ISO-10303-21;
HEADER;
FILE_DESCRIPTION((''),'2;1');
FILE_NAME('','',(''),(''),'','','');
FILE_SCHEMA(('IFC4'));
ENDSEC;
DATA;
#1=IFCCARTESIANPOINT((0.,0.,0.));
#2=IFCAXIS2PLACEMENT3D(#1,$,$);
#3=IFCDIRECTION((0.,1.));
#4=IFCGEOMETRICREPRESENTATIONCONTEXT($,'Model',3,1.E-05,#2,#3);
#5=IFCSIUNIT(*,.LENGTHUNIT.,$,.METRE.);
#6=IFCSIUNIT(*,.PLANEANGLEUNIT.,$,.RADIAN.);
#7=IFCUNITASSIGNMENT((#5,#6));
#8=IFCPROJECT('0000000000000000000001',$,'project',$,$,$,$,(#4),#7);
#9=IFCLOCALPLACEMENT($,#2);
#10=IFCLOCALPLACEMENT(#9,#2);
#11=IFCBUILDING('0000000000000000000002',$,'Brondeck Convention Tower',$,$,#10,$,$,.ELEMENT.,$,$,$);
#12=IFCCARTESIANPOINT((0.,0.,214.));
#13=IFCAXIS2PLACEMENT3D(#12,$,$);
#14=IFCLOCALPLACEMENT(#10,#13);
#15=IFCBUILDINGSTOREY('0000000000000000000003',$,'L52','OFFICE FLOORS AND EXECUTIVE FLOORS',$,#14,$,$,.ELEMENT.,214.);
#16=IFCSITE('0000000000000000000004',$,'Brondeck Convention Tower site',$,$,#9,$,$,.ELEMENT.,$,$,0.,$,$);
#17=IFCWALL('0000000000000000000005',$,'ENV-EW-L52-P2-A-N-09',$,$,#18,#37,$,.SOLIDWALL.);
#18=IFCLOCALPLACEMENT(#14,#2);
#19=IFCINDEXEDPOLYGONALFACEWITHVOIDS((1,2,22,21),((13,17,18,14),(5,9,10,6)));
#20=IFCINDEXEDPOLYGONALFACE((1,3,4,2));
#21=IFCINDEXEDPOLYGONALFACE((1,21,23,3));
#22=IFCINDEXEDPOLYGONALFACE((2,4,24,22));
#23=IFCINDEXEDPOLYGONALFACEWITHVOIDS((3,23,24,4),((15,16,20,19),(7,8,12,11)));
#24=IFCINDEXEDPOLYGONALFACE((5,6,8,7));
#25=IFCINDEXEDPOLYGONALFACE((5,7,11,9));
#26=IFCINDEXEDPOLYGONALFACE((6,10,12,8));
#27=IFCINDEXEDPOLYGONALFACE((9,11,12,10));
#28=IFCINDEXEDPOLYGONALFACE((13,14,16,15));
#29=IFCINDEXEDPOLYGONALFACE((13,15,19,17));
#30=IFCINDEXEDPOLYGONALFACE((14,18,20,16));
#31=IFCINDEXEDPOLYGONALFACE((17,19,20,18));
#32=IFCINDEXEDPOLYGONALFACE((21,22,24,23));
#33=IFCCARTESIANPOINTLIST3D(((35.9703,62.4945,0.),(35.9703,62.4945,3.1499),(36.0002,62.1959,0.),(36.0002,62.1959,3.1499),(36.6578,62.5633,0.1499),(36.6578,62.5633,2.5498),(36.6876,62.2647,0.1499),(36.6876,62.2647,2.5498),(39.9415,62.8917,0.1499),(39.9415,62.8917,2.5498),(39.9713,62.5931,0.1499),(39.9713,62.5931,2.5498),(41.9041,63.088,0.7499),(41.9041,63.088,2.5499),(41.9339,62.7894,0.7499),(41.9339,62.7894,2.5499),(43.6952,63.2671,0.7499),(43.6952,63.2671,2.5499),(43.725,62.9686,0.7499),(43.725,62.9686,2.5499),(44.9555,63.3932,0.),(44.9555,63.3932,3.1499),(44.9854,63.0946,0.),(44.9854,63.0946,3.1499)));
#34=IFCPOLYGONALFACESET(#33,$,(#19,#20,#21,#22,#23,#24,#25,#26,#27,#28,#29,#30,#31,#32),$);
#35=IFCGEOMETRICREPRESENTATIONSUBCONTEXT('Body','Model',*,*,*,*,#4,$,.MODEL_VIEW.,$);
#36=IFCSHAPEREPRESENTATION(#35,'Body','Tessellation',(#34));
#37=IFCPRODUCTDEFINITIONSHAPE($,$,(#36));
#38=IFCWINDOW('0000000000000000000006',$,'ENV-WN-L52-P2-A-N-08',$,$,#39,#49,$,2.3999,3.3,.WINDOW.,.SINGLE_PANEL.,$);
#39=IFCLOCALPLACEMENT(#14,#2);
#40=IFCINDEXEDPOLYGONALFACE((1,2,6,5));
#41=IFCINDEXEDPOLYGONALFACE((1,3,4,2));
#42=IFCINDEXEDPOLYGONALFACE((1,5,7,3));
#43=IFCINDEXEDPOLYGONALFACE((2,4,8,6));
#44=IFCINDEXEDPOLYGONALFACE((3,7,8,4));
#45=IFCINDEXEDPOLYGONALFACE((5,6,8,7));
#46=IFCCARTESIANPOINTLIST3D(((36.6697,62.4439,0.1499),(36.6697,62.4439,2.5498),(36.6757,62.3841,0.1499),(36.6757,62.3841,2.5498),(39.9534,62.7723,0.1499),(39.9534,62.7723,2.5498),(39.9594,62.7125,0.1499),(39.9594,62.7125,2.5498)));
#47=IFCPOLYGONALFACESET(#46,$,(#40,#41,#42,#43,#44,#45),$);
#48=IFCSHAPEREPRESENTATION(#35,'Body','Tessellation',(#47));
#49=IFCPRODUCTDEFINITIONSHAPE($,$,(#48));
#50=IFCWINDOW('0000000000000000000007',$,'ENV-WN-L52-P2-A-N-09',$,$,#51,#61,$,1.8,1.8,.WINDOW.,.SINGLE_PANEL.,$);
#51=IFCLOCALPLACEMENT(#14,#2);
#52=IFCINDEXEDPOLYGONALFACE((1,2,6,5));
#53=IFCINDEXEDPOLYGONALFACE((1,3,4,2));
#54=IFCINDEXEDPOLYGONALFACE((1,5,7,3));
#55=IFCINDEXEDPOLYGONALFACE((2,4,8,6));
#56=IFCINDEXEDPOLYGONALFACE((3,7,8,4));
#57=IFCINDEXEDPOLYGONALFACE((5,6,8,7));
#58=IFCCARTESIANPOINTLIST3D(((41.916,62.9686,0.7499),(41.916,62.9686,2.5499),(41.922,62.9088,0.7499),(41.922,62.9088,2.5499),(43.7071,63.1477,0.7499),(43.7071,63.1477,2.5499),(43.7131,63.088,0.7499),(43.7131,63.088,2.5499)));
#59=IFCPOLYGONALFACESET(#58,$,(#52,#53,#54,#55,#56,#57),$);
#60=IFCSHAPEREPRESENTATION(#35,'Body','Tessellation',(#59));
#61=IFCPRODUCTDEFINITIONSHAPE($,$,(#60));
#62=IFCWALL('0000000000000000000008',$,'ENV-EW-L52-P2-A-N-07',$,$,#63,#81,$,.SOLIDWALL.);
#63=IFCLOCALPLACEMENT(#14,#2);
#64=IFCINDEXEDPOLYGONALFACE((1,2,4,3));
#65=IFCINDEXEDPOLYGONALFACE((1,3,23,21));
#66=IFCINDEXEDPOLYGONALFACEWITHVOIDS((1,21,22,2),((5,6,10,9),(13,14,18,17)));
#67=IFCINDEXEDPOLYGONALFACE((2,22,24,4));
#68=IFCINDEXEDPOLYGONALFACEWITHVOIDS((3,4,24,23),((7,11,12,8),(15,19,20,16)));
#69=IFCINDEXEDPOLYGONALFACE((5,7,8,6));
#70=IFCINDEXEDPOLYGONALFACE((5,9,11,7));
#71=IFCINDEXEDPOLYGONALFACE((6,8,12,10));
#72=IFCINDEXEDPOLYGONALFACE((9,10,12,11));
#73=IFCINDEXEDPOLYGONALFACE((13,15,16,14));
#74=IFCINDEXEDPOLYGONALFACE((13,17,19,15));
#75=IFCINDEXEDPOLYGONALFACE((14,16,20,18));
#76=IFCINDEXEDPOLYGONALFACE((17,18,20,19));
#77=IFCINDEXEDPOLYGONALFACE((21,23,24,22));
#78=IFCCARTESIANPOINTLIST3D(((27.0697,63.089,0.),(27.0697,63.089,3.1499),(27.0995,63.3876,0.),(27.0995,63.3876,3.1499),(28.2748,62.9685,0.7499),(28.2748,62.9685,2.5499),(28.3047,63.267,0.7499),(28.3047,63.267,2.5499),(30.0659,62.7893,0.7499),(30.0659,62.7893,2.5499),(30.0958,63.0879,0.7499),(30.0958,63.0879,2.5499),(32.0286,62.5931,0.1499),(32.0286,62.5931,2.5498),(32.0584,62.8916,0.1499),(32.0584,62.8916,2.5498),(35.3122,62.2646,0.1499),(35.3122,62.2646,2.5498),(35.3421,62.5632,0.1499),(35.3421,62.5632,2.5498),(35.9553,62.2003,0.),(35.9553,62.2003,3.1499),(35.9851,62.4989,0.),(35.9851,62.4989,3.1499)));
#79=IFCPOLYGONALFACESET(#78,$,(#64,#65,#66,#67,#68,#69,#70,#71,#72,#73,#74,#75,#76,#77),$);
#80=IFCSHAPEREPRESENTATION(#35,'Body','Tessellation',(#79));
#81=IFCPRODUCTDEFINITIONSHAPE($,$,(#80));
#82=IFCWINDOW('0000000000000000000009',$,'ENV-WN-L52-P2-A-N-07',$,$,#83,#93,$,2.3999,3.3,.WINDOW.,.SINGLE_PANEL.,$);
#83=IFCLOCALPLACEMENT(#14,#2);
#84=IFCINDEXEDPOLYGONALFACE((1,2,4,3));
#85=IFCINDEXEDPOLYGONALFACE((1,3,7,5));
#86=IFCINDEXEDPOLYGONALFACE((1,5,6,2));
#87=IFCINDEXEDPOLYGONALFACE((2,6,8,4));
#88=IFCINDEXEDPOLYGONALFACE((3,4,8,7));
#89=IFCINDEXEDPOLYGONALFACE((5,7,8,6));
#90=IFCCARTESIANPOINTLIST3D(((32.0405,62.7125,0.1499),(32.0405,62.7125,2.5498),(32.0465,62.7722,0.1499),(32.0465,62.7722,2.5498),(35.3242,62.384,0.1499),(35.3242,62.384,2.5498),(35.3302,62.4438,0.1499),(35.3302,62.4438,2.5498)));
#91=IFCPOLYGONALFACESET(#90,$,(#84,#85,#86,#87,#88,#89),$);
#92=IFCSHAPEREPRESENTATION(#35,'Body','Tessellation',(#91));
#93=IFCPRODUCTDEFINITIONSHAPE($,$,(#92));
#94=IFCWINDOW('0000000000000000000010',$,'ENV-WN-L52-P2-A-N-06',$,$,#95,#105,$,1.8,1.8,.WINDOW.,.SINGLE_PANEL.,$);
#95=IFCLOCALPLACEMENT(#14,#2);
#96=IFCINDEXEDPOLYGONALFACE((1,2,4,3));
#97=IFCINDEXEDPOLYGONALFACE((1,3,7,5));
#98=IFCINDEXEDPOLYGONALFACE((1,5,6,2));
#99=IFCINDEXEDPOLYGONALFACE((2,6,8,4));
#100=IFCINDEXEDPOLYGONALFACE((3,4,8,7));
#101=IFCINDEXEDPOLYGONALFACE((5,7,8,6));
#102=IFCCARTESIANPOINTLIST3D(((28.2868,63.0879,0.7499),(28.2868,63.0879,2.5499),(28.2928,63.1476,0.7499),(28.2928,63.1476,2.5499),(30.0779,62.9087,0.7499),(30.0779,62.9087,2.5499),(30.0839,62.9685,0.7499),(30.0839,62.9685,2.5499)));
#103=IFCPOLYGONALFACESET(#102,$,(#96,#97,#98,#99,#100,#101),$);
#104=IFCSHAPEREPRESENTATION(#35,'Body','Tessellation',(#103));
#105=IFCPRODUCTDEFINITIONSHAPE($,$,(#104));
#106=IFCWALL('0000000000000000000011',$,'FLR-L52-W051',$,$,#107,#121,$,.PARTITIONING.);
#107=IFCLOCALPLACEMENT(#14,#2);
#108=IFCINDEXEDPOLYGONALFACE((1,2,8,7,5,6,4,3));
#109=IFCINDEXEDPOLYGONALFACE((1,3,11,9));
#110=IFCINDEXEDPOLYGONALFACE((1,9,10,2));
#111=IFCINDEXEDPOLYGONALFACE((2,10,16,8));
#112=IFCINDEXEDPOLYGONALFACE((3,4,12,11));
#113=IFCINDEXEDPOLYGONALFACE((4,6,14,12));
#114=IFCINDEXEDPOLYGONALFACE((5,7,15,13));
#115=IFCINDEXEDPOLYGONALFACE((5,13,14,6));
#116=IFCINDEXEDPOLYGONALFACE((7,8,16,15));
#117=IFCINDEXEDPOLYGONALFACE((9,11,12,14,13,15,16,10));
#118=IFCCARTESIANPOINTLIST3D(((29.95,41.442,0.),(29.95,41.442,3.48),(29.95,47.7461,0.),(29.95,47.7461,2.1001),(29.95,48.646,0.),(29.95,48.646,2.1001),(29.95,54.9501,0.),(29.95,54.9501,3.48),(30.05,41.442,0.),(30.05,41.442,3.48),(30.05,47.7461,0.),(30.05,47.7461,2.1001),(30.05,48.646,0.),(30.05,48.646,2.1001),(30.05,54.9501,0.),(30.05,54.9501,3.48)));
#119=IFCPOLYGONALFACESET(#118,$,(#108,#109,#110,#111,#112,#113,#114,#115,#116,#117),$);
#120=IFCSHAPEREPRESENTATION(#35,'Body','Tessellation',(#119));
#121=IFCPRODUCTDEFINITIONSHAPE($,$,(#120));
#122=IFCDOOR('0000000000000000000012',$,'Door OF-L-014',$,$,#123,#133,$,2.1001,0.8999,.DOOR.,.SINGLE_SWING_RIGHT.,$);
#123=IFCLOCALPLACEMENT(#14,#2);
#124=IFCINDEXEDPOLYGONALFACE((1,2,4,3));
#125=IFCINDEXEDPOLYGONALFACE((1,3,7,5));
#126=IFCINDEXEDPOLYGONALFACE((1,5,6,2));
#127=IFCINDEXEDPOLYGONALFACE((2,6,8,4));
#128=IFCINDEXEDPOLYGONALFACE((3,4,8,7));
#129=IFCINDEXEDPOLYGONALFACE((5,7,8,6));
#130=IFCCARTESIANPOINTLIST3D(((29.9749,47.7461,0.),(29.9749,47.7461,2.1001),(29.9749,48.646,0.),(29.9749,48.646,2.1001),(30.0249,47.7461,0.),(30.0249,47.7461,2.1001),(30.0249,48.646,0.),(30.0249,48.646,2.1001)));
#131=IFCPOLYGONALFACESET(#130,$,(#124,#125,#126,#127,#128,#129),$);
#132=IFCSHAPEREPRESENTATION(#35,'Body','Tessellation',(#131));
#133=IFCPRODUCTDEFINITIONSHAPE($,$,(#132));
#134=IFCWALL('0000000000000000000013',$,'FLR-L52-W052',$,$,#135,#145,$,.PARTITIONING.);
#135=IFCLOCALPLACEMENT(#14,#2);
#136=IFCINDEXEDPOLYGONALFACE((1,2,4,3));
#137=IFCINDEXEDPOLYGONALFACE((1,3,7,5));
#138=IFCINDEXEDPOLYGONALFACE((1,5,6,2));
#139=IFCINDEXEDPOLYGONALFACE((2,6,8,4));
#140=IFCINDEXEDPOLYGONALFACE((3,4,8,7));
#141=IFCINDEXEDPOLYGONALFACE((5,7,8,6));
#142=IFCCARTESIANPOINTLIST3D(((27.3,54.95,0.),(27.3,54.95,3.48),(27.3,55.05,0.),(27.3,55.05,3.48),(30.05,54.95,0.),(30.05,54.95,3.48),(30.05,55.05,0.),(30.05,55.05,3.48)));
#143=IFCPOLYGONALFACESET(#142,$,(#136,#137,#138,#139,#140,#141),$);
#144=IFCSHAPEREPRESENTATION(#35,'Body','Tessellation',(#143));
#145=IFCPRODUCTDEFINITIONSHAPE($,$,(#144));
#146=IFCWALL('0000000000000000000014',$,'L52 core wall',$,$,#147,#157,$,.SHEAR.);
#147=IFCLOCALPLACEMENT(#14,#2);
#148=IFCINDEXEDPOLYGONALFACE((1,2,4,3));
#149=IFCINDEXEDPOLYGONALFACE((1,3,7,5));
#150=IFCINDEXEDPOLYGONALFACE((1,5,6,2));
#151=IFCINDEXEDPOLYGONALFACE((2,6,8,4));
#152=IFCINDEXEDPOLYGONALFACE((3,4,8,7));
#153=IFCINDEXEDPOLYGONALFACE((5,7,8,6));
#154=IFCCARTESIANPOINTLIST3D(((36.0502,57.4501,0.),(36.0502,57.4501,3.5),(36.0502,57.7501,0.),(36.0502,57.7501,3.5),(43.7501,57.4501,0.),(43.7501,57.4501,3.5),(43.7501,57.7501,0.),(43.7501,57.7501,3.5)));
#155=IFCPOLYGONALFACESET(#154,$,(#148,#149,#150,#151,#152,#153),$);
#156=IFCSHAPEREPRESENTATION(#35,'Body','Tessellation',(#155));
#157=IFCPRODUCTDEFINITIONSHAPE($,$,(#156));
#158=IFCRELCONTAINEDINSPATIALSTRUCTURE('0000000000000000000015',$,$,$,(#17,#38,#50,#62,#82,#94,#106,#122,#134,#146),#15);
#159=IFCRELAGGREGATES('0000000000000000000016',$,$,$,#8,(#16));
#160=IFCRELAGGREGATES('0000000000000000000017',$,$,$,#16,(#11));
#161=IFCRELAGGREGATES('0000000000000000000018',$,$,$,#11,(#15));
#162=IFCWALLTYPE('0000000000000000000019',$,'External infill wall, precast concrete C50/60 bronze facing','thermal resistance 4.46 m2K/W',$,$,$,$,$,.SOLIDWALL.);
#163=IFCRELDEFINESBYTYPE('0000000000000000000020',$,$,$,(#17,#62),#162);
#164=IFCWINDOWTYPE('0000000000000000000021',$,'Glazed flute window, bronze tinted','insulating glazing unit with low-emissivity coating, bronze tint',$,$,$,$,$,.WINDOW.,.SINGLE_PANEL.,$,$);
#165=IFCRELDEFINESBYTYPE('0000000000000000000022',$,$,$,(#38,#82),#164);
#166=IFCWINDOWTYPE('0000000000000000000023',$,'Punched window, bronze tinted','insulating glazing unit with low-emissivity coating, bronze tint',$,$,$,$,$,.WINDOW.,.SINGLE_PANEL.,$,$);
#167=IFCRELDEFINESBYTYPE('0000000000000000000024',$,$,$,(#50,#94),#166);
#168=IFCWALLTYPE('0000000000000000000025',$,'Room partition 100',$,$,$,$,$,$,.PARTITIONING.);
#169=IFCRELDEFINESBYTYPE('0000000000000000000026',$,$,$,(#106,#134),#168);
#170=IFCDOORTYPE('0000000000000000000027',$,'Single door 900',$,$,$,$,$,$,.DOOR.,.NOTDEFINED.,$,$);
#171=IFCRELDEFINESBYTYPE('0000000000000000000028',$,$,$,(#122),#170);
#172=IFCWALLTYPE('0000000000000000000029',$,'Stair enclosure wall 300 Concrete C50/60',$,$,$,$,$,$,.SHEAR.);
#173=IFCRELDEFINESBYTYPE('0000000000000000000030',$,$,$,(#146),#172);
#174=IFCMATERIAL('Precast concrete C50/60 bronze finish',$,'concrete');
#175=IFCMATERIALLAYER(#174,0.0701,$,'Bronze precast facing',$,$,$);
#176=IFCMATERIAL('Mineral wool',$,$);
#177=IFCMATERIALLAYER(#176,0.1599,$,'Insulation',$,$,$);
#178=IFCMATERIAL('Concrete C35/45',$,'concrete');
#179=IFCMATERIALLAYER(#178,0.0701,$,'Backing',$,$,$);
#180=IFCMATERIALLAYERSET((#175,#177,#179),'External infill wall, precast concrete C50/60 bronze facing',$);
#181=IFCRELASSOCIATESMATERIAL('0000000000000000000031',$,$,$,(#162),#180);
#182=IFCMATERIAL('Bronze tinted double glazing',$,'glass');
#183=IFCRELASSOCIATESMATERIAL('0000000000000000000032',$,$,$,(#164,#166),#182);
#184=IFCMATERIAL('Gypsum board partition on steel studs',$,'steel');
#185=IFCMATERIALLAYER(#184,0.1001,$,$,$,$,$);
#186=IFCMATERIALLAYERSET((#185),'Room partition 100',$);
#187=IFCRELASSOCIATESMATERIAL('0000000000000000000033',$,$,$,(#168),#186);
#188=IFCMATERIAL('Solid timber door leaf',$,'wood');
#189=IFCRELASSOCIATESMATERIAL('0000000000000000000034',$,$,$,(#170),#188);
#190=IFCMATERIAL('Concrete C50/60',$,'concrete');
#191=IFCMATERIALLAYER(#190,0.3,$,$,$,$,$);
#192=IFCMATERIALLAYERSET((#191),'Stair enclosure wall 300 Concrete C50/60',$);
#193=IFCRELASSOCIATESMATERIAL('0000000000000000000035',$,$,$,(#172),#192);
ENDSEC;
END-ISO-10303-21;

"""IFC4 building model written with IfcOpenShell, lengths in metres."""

from ifc_helpers import new_model, si_unit, direction, frame, frame_2d, origin, place, context, subcontext, project, spatial, rectangle, extrude, material, layer, layer_set, type_object, element, fill, save


model = new_model("IFC4")

# Units and contexts
model_context = context("Model", 3, precision=1e-05, world=origin(), true_north=direction((0.0, 1.0)))
body_context = subcontext(model_context, "Body", "Model", "MODEL_VIEW")
ifc_project = project(units=[si_unit("LENGTHUNIT", "METRE"), si_unit("PLANEANGLEUNIT", "RADIAN")], contexts=[model_context])

# Site, building, storey
site_placement = place(None, origin())
site = spatial("IfcSite", under=ifc_project, at=site_placement, Name="Brondeck Convention Tower site", CompositionType="ELEMENT", RefElevation=0.0)
building_placement = place(site_placement, origin())
building = spatial("IfcBuilding", under=site, at=building_placement, Name="Brondeck Convention Tower", CompositionType="ELEMENT")
storey_placement = place(building_placement, frame((0.0, 0.0, 214.0)))
storey = spatial("IfcBuildingStorey", under=building, at=storey_placement, Name="L52", Description="OFFICE FLOORS AND EXECUTIVE FLOORS", CompositionType="ELEMENT", Elevation=214.0)

# Shared definitions
ifc_material_1 = material(Name="Concrete C50/60", Category="concrete")

# Walls, openings, windows
ifc_material_2 = material(Name="Precast concrete C50/60 bronze finish", Category="concrete")
ifc_layer_1 = layer(ifc_material_2, 0.0701, Name="Bronze precast facing")
ifc_material_3 = material(Name="Mineral wool")
ifc_layer_2 = layer(ifc_material_3, 0.1599, Name="Insulation")
ifc_material_4 = material(Name="Concrete C35/45", Category="concrete")
ifc_layer_3 = layer(ifc_material_4, 0.0701, Name="Backing")
ifc_layer_set_1 = layer_set([ifc_layer_1, ifc_layer_2, ifc_layer_3], Name="External infill wall, precast concrete C50/60 bronze facing")
wall_type_1 = type_object("IfcWallType", Name="External infill wall, precast concrete C50/60 bronze facing", Description="thermal resistance 4.46 m2K/W", PredefinedType="SOLIDWALL", material=ifc_layer_set_1)
wall_1_placement = place(storey_placement, frame((35.9851, 62.3452, 0.0), z_axis=(0.0, 0.0, 1.0), x_axis=(0.995035, 0.099522, 0.0)))
wall_1 = element("IfcWall", 1, at=wall_1_placement, inside=storey, type_object=wall_type_1, Name="ENV-EW-L52-P2-A-N-09", PredefinedType="SOLIDWALL", context=body_context, shape_type="SweptSolid", body=[
    extrude(rectangle(XDim=9.03, YDim=0.3, at=frame_2d((4.5151, 0.0))), origin(), (0.0, 0.0, 1.0), 3.1499),
])
opening_1_placement = place(wall_1_placement, frame((0.6912, 0.0, 0.1499)))
opening_1 = element("IfcOpeningElement", 2, at=opening_1_placement, cuts=wall_1, PredefinedType="OPENING", context=body_context, shape_type="SweptSolid", body=[
    extrude(rectangle(XDim=3.3, YDim=2.3999, at=frame_2d((1.6499, 1.2))), frame((0.0, 0.1599, 0.0), z_axis=(0.0, -1.0, 0.0), x_axis=(1.0, 0.0, 0.0)), (0.0, 0.0, 1.0), 0.3201),
])
opening_2_placement = place(wall_1_placement, frame((5.9636, 0.0, 0.75)))
opening_2 = element("IfcOpeningElement", 3, at=opening_2_placement, cuts=wall_1, PredefinedType="OPENING", context=body_context, shape_type="SweptSolid", body=[
    extrude(rectangle(XDim=1.8, YDim=1.8, at=frame_2d((0.8999, 0.8999))), frame((0.0, 0.1599, 0.0), z_axis=(0.0, -1.0, 0.0), x_axis=(1.0, 0.0, 0.0)), (0.0, 0.0, 1.0), 0.3201),
])
ifc_material_5 = material(Name="Bronze tinted double glazing", Category="glass")
window_type_1 = type_object("IfcWindowType", Name="Glazed flute window, bronze tinted", Description="insulating glazing unit with low-emissivity coating, bronze tint", PartitioningType="SINGLE_PANEL", PredefinedType="WINDOW", material=ifc_material_5)
window_1_placement = place(opening_1_placement, origin())
window_1 = element("IfcWindow", 4, at=window_1_placement, inside=storey, type_object=window_type_1, Name="ENV-WN-L52-P2-A-N-08", OverallHeight=2.3999, OverallWidth=3.3, PartitioningType="SINGLE_PANEL", PredefinedType="WINDOW", context=body_context, shape_type="SweptSolid", body=[
    extrude(rectangle(XDim=3.3, YDim=2.3999, at=frame_2d((1.6499, 1.2))), frame((0.0, 0.03, 0.0), z_axis=(0.0, -1.0, 0.0), x_axis=(1.0, 0.0, 0.0)), (0.0, 0.0, 1.0), 0.0601),
])
fill(opening_1, window_1)
window_type_2 = type_object("IfcWindowType", Name="Punched window, bronze tinted", Description="insulating glazing unit with low-emissivity coating, bronze tint", PartitioningType="SINGLE_PANEL", PredefinedType="WINDOW", material=ifc_material_5)
window_2_placement = place(opening_2_placement, origin())
window_2 = element("IfcWindow", 5, at=window_2_placement, inside=storey, type_object=window_type_2, Name="ENV-WN-L52-P2-A-N-09", OverallHeight=1.8, OverallWidth=1.8, PartitioningType="SINGLE_PANEL", PredefinedType="WINDOW", context=body_context, shape_type="SweptSolid", body=[
    extrude(rectangle(XDim=1.8, YDim=1.8, at=frame_2d((0.8999, 0.8999))), frame((0.0, 0.03, 0.0), z_axis=(0.0, -1.0, 0.0), x_axis=(1.0, 0.0, 0.0)), (0.0, 0.0, 1.0), 0.0601),
])
fill(opening_2, window_2)
wall_2_placement = place(storey_placement, frame((27.0847, 63.2383, 0.0), z_axis=(0.0, 0.0, 1.0), x_axis=(0.995036, -0.099517, 0.0)))
wall_2 = element("IfcWall", 6, at=wall_2_placement, inside=storey, type_object=wall_type_1, Name="ENV-EW-L52-P2-A-N-07", PredefinedType="SOLIDWALL", context=body_context, shape_type="SweptSolid", body=[
    extrude(rectangle(XDim=8.9299, YDim=0.3, at=frame_2d((4.4648, 0.0))), origin(), (0.0, 0.0, 1.0), 3.1499),
])
opening_3_placement = place(wall_2_placement, frame((1.2112, 0.0, 0.75)))
opening_3 = element("IfcOpeningElement", 7, at=opening_3_placement, cuts=wall_2, PredefinedType="OPENING", context=body_context, shape_type="SweptSolid", body=[
    extrude(rectangle(XDim=1.8, YDim=1.8, at=frame_2d((0.8999, 0.8999))), frame((0.0, 0.1599, 0.0), z_axis=(0.0, -1.0, 0.0), x_axis=(1.0, 0.0, 0.0)), (0.0, 0.0, 1.0), 0.3201),
])
opening_4_placement = place(wall_2_placement, frame((4.9836, 0.0, 0.1499)))
opening_4 = element("IfcOpeningElement", 8, at=opening_4_placement, cuts=wall_2, PredefinedType="OPENING", context=body_context, shape_type="SweptSolid", body=[
    extrude(rectangle(XDim=3.3, YDim=2.3999, at=frame_2d((1.6499, 1.2))), frame((0.0, 0.1599, 0.0), z_axis=(0.0, -1.0, 0.0), x_axis=(1.0, 0.0, 0.0)), (0.0, 0.0, 1.0), 0.3201),
])
window_3_placement = place(opening_4_placement, origin())
window_3 = element("IfcWindow", 9, at=window_3_placement, inside=storey, type_object=window_type_1, Name="ENV-WN-L52-P2-A-N-07", OverallHeight=2.3999, OverallWidth=3.3, PartitioningType="SINGLE_PANEL", PredefinedType="WINDOW", context=body_context, shape_type="SweptSolid", body=[
    extrude(rectangle(XDim=3.3, YDim=2.3999, at=frame_2d((1.6499, 1.2))), frame((0.0, 0.03, 0.0), z_axis=(0.0, -1.0, 0.0), x_axis=(1.0, 0.0, 0.0)), (0.0, 0.0, 1.0), 0.0601),
])
fill(opening_4, window_3)
window_4_placement = place(opening_3_placement, origin())
window_4 = element("IfcWindow", 10, at=window_4_placement, inside=storey, type_object=window_type_2, Name="ENV-WN-L52-P2-A-N-06", OverallHeight=1.8, OverallWidth=1.8, PartitioningType="SINGLE_PANEL", PredefinedType="WINDOW", context=body_context, shape_type="SweptSolid", body=[
    extrude(rectangle(XDim=1.8, YDim=1.8, at=frame_2d((0.8999, 0.8999))), frame((0.0, 0.03, 0.0), z_axis=(0.0, -1.0, 0.0), x_axis=(1.0, 0.0, 0.0)), (0.0, 0.0, 1.0), 0.0601),
])
fill(opening_3, window_4)

# Wall, opening, door
ifc_material_6 = material(Name="Gypsum board partition on steel studs", Category="steel")
ifc_layer_4 = layer(ifc_material_6, 0.1001)
ifc_layer_set_2 = layer_set([ifc_layer_4], Name="Room partition 100")
wall_type_2 = type_object("IfcWallType", Name="Room partition 100", PredefinedType="PARTITIONING", material=ifc_layer_set_2)
wall_3_placement = place(storey_placement, frame((30.0, 54.95, 0.0), z_axis=(0.0, 0.0, 1.0), x_axis=(0.0, -1.0, 0.0)))
wall_3 = element("IfcWall", 11, at=wall_3_placement, inside=storey, type_object=wall_type_2, Name="FLR-L52-W051", PredefinedType="PARTITIONING", context=body_context, shape_type="SweptSolid", body=[
    extrude(rectangle(XDim=13.5081, YDim=0.1001, at=frame_2d((6.7539, 0.0))), origin(), (0.0, 0.0, 1.0), 3.48),
])
opening_5_placement = place(wall_3_placement, frame((6.304, 0.0, 0.0)))
opening_5 = element("IfcOpeningElement", 12, at=opening_5_placement, cuts=wall_3, PredefinedType="OPENING", context=body_context, shape_type="SweptSolid", body=[
    extrude(rectangle(XDim=0.8999, YDim=2.1001, at=frame_2d((0.45, 1.05))), frame((0.0, 0.0601, 0.0), z_axis=(0.0, -1.0, 0.0), x_axis=(1.0, 0.0, 0.0)), (0.0, 0.0, 1.0), 0.1201),
])
ifc_material_7 = material(Name="Solid timber door leaf", Category="wood")
door_type = type_object("IfcDoorType", Name="Single door 900", OperationType="NOTDEFINED", PredefinedType="DOOR", material=ifc_material_7)
door_placement = place(opening_5_placement, origin())
door = element("IfcDoor", 13, at=door_placement, inside=storey, type_object=door_type, Name="Door OF-L-014", OperationType="SINGLE_SWING_RIGHT", OverallHeight=2.1001, OverallWidth=0.8999, PredefinedType="DOOR", context=body_context, shape_type="SweptSolid", body=[
    extrude(rectangle(XDim=0.8999, YDim=2.1001, at=frame_2d((0.45, 1.05))), frame((0.0, 0.0249, 0.0), z_axis=(0.0, -1.0, 0.0), x_axis=(1.0, 0.0, 0.0)), (0.0, 0.0, 1.0), 0.05),
])
fill(opening_5, door)

# Walls
wall_4_placement = place(storey_placement, frame((27.3, 55.0, 0.0), z_axis=(0.0, 0.0, 1.0), x_axis=(1.0, 0.0, 0.0)))
element("IfcWall", 14, at=wall_4_placement, inside=storey, type_object=wall_type_2, Name="FLR-L52-W052", PredefinedType="PARTITIONING", context=body_context, shape_type="SweptSolid", body=[
    extrude(rectangle(XDim=2.75, YDim=0.1001, at=frame_2d((1.375, 0.0))), origin(), (0.0, 0.0, 1.0), 3.48),
])
ifc_layer_5 = layer(ifc_material_1, 0.3)
ifc_layer_set_3 = layer_set([ifc_layer_5], Name="Stair enclosure wall 300 Concrete C50/60")
wall_type_3 = type_object("IfcWallType", Name="Stair enclosure wall 300 Concrete C50/60", PredefinedType="SHEAR", material=ifc_layer_set_3)
wall_5_placement = place(storey_placement, frame((36.05, 57.6001, 0.0), z_axis=(0.0, 0.0, 1.0), x_axis=(1.0, 0.0, 0.0)))
element("IfcWall", 15, at=wall_5_placement, inside=storey, type_object=wall_type_3, Name="L52 core wall", PredefinedType="SHEAR", context=body_context, shape_type="SweptSolid", body=[
    extrude(rectangle(XDim=7.7, YDim=0.3, at=frame_2d((3.8501, 0.0))), origin(), (0.0, 0.0, 1.0), 3.5),
])

save(model, "model.ifc")
